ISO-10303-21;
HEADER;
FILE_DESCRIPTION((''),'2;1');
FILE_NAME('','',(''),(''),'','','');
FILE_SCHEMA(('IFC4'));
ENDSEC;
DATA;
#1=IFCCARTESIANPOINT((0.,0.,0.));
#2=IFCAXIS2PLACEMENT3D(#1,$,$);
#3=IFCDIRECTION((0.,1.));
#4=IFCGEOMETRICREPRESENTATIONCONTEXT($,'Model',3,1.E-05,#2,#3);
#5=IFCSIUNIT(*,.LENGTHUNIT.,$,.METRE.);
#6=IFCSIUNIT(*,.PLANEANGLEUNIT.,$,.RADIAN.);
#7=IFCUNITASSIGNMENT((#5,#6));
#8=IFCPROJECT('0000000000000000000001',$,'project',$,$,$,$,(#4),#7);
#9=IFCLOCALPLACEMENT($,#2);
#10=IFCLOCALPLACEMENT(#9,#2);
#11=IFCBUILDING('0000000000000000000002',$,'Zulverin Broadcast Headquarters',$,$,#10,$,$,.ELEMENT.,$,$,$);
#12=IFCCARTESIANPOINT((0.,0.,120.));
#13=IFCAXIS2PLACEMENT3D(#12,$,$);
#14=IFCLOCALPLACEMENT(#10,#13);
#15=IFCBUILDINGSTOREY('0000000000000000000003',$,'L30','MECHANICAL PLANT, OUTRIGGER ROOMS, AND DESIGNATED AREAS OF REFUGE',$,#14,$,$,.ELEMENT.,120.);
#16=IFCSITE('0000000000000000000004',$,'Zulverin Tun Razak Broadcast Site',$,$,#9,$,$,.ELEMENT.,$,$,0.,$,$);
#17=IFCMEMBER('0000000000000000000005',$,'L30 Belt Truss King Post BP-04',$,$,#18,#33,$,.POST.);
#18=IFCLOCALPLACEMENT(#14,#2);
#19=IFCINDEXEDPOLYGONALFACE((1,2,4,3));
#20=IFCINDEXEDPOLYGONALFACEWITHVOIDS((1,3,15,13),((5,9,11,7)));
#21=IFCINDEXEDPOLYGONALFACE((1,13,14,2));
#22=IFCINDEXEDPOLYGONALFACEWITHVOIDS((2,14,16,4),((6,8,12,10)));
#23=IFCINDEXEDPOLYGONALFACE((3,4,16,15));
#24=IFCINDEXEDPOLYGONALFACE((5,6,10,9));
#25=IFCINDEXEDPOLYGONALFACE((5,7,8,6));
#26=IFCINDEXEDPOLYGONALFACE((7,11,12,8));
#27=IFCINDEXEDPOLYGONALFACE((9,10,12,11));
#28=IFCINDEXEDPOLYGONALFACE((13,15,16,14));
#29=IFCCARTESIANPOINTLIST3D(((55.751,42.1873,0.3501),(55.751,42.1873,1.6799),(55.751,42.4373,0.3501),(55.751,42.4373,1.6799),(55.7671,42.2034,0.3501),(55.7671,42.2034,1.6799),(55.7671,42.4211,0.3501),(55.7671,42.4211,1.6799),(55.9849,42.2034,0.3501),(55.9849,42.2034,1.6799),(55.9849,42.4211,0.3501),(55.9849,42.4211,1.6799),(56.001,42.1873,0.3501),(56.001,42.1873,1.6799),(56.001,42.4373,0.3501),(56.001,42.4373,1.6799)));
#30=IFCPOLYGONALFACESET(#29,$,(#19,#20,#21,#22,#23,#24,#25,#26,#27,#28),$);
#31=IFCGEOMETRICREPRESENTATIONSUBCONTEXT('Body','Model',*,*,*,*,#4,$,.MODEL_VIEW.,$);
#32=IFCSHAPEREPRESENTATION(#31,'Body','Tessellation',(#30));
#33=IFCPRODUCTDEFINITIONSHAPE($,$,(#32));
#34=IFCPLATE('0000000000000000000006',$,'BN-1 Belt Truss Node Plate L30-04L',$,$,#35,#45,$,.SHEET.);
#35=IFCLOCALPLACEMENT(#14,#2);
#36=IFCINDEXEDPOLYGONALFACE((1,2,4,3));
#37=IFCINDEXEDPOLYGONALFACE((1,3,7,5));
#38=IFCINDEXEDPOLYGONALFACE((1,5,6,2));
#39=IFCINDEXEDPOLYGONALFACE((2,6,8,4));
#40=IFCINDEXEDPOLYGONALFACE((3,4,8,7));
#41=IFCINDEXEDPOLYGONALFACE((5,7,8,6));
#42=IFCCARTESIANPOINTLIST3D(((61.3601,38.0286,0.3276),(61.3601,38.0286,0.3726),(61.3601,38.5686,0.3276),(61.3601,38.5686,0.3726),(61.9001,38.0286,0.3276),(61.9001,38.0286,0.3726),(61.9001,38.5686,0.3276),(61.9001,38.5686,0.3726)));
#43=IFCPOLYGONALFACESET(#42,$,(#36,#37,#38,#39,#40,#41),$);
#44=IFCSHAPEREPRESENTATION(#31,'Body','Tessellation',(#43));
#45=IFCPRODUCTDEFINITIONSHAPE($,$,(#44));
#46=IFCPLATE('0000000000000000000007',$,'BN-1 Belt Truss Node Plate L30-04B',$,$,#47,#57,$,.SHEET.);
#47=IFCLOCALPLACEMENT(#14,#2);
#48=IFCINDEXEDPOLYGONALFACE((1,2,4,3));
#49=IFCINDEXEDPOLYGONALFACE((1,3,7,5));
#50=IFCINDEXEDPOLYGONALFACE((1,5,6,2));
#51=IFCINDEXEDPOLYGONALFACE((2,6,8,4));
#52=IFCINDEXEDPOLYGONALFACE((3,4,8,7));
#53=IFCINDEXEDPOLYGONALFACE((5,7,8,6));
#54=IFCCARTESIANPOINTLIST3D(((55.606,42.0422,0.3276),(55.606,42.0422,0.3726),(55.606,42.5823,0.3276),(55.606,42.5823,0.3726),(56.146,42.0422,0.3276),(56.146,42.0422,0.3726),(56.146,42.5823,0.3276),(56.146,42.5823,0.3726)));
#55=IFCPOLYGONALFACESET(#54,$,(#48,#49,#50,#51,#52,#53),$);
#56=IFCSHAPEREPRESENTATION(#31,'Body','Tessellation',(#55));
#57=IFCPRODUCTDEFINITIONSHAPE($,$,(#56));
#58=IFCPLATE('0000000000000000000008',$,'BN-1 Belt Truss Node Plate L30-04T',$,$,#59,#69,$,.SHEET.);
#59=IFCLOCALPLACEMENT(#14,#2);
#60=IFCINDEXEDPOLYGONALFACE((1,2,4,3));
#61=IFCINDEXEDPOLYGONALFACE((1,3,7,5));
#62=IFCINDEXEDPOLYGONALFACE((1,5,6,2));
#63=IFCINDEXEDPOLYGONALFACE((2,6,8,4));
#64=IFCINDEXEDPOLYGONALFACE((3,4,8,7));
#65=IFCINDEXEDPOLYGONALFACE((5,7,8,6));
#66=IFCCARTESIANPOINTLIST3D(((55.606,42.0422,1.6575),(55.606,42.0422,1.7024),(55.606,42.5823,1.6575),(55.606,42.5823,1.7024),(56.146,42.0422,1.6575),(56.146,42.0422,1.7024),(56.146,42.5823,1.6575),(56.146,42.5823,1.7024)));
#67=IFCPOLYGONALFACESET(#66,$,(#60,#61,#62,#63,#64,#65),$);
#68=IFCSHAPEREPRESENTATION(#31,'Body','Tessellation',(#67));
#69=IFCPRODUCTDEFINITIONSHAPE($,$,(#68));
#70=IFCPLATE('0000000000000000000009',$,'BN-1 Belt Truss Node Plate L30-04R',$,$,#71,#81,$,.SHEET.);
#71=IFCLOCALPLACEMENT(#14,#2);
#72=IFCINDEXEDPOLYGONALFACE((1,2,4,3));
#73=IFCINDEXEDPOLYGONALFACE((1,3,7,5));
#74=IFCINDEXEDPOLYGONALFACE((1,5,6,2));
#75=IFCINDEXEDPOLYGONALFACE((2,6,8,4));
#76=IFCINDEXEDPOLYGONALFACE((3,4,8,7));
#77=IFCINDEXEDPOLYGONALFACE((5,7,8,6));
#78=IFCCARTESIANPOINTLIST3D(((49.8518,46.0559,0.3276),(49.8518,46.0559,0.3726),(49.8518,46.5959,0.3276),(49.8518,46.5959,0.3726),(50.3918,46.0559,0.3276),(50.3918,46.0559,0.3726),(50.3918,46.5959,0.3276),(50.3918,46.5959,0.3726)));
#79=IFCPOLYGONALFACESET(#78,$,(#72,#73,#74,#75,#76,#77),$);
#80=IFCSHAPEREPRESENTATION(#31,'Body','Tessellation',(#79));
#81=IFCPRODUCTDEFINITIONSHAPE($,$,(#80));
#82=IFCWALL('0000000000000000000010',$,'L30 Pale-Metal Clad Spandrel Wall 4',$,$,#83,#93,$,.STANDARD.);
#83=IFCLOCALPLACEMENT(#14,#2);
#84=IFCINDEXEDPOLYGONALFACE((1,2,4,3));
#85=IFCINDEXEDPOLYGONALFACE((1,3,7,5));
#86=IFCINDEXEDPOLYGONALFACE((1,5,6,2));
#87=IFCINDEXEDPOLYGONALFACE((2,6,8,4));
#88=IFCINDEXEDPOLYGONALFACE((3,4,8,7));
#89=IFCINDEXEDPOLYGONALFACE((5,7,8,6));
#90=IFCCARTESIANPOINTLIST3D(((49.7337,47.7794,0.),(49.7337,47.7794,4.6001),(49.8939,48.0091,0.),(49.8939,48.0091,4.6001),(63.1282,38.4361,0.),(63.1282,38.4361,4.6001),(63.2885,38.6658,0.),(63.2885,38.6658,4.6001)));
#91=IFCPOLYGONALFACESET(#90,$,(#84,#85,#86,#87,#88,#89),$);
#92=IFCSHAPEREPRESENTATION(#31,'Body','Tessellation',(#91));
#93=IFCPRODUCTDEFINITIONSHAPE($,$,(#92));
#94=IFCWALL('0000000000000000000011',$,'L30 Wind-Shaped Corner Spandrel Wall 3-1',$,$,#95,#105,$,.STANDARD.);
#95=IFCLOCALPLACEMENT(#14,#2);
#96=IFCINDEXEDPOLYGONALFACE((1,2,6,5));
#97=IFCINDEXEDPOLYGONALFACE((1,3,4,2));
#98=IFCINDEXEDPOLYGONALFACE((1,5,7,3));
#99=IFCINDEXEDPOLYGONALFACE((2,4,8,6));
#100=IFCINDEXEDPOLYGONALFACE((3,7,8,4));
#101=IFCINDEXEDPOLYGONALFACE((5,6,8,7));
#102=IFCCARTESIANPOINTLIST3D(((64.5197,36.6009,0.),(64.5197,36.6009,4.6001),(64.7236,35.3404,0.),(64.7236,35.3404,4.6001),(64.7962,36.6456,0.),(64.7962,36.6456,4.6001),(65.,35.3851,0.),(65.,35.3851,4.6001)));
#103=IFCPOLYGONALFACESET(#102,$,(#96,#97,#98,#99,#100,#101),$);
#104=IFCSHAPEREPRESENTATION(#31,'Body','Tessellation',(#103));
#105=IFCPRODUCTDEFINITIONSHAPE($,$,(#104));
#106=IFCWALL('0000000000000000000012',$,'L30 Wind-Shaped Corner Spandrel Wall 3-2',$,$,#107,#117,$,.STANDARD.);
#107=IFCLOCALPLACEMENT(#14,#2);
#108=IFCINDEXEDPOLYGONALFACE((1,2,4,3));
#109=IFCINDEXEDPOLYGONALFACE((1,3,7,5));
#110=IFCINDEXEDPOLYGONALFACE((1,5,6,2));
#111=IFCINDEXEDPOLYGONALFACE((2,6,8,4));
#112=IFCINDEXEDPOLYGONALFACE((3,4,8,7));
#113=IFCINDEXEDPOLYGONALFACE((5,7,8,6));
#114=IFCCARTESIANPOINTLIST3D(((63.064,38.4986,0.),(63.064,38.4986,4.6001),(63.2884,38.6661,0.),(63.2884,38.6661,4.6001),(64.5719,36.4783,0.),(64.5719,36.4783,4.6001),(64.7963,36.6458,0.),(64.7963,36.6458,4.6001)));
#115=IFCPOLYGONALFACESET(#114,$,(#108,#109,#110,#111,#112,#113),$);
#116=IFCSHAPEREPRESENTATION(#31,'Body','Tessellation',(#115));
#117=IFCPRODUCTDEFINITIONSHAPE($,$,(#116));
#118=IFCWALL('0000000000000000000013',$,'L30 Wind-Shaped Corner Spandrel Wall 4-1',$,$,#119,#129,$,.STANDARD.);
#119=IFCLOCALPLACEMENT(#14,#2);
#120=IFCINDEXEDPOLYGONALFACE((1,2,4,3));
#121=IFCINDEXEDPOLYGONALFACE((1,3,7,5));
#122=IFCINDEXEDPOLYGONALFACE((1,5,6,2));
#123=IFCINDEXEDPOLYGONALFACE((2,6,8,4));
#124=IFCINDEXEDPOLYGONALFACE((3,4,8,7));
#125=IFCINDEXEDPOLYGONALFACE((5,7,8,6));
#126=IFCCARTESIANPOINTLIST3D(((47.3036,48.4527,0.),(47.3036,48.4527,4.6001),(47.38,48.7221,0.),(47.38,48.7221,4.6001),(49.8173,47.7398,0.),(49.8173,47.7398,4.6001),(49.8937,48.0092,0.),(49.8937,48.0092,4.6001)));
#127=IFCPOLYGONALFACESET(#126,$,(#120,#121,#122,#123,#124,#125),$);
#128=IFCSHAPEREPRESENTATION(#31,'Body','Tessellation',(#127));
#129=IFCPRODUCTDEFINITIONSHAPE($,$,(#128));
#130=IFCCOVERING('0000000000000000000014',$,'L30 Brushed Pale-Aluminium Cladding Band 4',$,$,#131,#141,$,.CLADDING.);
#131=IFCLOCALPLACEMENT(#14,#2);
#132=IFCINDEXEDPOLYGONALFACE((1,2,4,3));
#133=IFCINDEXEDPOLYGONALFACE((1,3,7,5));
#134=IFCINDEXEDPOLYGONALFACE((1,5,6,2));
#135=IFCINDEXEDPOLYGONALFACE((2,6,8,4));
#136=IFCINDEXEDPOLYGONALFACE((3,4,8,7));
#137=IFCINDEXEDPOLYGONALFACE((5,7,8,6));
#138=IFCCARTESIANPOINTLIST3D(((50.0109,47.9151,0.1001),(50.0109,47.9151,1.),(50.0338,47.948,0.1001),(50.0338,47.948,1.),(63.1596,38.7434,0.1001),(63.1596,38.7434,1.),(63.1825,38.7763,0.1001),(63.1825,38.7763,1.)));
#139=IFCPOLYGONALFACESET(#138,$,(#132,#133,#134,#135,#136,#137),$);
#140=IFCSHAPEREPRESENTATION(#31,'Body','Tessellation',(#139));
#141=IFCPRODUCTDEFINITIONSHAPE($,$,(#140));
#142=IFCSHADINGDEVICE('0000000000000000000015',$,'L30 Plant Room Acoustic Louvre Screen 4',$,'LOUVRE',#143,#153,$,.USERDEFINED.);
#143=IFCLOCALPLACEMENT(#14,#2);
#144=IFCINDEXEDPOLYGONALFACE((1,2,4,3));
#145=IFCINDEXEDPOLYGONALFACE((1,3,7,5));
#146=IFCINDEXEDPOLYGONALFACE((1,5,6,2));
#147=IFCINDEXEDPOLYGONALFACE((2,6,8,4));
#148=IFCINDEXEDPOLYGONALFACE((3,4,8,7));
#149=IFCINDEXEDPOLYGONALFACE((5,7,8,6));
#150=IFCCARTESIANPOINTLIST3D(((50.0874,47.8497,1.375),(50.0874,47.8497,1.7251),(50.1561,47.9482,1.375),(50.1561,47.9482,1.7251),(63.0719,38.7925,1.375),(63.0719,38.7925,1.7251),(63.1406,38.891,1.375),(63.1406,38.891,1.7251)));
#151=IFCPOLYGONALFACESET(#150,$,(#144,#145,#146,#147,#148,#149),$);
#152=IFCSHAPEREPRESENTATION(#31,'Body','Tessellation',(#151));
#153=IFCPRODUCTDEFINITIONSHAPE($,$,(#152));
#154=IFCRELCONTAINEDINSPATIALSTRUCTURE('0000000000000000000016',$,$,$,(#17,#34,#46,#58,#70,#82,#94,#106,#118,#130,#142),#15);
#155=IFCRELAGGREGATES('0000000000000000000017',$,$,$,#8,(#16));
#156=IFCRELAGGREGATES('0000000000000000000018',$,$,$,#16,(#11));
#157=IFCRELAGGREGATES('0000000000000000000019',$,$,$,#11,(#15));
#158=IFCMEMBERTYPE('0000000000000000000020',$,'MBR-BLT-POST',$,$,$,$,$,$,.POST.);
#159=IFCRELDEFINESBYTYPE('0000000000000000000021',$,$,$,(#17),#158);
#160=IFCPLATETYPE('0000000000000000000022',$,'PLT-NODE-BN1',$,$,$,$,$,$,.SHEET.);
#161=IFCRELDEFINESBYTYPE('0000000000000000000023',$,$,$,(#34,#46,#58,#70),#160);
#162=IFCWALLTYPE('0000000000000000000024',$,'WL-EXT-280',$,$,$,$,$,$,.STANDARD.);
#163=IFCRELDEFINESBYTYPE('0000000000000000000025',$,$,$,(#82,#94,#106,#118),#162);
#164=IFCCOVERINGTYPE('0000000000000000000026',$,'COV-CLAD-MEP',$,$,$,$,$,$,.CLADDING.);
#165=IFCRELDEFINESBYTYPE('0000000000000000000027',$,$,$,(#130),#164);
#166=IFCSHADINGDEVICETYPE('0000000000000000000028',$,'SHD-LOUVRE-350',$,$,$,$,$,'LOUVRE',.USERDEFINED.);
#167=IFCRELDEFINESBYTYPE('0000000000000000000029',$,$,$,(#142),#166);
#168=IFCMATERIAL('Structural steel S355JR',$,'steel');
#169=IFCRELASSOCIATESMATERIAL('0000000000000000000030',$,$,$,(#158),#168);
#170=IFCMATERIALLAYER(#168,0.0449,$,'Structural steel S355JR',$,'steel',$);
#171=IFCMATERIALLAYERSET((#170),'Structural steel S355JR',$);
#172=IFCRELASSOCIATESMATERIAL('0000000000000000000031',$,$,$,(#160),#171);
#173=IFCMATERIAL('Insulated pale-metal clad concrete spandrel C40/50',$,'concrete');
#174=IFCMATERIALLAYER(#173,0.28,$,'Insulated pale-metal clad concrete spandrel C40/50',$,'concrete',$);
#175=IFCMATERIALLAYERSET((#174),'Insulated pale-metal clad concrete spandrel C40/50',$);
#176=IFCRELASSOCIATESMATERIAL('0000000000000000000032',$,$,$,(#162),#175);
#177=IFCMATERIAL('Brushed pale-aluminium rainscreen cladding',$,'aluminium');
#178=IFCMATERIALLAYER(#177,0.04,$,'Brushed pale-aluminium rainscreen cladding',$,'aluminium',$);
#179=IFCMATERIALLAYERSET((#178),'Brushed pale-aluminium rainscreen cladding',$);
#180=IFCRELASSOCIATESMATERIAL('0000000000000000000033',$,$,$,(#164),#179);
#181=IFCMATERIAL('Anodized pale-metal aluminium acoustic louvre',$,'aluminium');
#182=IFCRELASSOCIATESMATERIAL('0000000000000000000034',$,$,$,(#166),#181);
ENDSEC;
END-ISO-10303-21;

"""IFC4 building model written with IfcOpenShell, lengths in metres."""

from ifc_helpers import new_model, si_unit, direction, frame, frame_2d, origin, origin_2d, place, context, subcontext, project, spatial, rectangle, hollow_rectangle, extrude, material, layer, layer_set, material_profile, profile_set, type_object, element, save


model = new_model("IFC4")

# Units and contexts
model_context = context("Model", 3, precision=1e-05, world=origin(), true_north=direction((0.0, 1.0)))
body_context = subcontext(model_context, "Body", "Model", "MODEL_VIEW")
ifc_project = project(units=[si_unit("LENGTHUNIT", "METRE"), si_unit("PLANEANGLEUNIT", "RADIAN")], contexts=[model_context])

# Site, building, storey
site_placement = place(None, origin())
site = spatial("IfcSite", under=ifc_project, at=site_placement, Name="Zulverin Tun Razak Broadcast Site", CompositionType="ELEMENT", RefElevation=0.0)
building_placement = place(site_placement, origin())
building = spatial("IfcBuilding", under=site, at=building_placement, Name="Zulverin Broadcast Headquarters", CompositionType="ELEMENT")
storey_placement = place(building_placement, frame((0.0, 0.0, 120.0)))
storey = spatial("IfcBuildingStorey", under=building, at=storey_placement, Name="L30", Description="MECHANICAL PLANT, OUTRIGGER ROOMS, AND DESIGNATED AREAS OF REFUGE", CompositionType="ELEMENT", Elevation=120.0)

# Member
ifc_material_1 = material(Name="Structural steel S355JR", Category="steel")
ifc_material_profile_1 = material_profile(ifc_material_1, hollow_rectangle(XDim=0.25, YDim=0.25, WallThickness=0.0161, at=origin_2d()), Name="Structural steel S355JR", Category="steel")
ifc_profile_set_1 = profile_set([ifc_material_profile_1], Name="Structural steel S355JR")
member_type_1 = type_object("IfcMemberType", Name="MBR-BLT-POST", PredefinedType="POST", material=ifc_profile_set_1)
member_1_placement = place(storey_placement, frame((55.876, 42.3123, 0.3501), z_axis=(0.0, 0.0, 1.0), x_axis=(1.0, 0.0, 0.0)))
element("IfcMember", 1, at=member_1_placement, inside=storey, type_object=member_type_1, Name="L30 Belt Truss King Post BP-04", PredefinedType="POST", context=body_context, shape_type="SweptSolid", body=[
    extrude(hollow_rectangle(XDim=0.25, YDim=0.25, WallThickness=0.0161, at=origin_2d()), origin(), (0.0, 0.0, 1.0), 1.3298),
])

# Plates
ifc_layer_1 = layer(ifc_material_1, 0.0449, Name="Structural steel S355JR", Category="steel")
ifc_layer_set_1 = layer_set([ifc_layer_1], Name="Structural steel S355JR")
plate_type = type_object("IfcPlateType", Name="PLT-NODE-BN1", PredefinedType="SHEET", material=ifc_layer_set_1)
for number, where, z_axis, x_axis, name in (
    (2, (61.6301, 38.2986, 0.3276), (0.0, 0.0, 1.0), (1.0, 0.0, 0.0), "BN-1 Belt Truss Node Plate L30-04L"),
    (3, (55.876, 42.3123, 0.3276), (0.0, 0.0, 1.0), (1.0, 0.0, 0.0), "BN-1 Belt Truss Node Plate L30-04B"),
    (4, (55.876, 42.3123, 1.6575), (0.0, 0.0, 1.0), (1.0, 0.0, 0.0), "BN-1 Belt Truss Node Plate L30-04T"),
    (5, (50.1218, 46.3259, 0.3276), (0.0, 0.0, 1.0), (1.0, 0.0, 0.0), "BN-1 Belt Truss Node Plate L30-04R"),
):
    element("IfcPlate", number, at=place(storey_placement, frame(where, z_axis=z_axis, x_axis=x_axis)), inside=storey, type_object=plate_type, Name=name, PredefinedType="SHEET", context=body_context, shape_type="SweptSolid", body=[
        extrude(rectangle(XDim=0.54, YDim=0.54, at=origin_2d()), origin(), (0.0, 0.0, 1.0), 0.0449),
    ])

# Walls
ifc_material_2 = material(Name="Insulated pale-metal clad concrete spandrel C40/50", Category="concrete")
ifc_layer_2 = layer(ifc_material_2, 0.28, Name="Insulated pale-metal clad concrete spandrel C40/50", Category="concrete")
ifc_layer_set_2 = layer_set([ifc_layer_2], Name="Insulated pale-metal clad concrete spandrel C40/50")
wall_type = type_object("IfcWallType", Name="WL-EXT-280", PredefinedType="STANDARD", material=ifc_layer_set_2)
wall_1_placement = place(storey_placement, frame((63.2083, 38.551, 0.0), z_axis=(0.0, 0.0, 1.0), x_axis=(-0.820178, 0.572109, 0.0)))
element("IfcWall", 6, at=wall_1_placement, inside=storey, type_object=wall_type, Name="L30 Pale-Metal Clad Spandrel Wall 4", PredefinedType="STANDARD", context=body_context, shape_type="SweptSolid", body=[
    extrude(rectangle(XDim=16.3313, YDim=0.28, at=frame_2d((8.1655, 0.0))), origin(), (0.0, 0.0, 1.0), 4.6001),
])
wall_2_placement = place(storey_placement, frame((64.8618, 35.3628, 0.0), z_axis=(0.0, 0.0, 1.0), x_axis=(-0.159653, 0.987173, 0.0)))
element("IfcWall", 7, at=wall_2_placement, inside=storey, type_object=wall_type, Name="L30 Wind-Shaped Corner Spandrel Wall 3-1", PredefinedType="STANDARD", context=body_context, shape_type="SweptSolid", body=[
    extrude(rectangle(XDim=1.2769, YDim=0.28, at=frame_2d((0.6384, 0.0))), origin(), (0.0, 0.0, 1.0), 4.6001),
])
wall_3_placement = place(storey_placement, frame((64.6841, 36.562, 0.0), z_axis=(0.0, 0.0, 1.0), x_axis=(-0.598123, 0.801404, 0.0)))
element("IfcWall", 8, at=wall_3_placement, inside=storey, type_object=wall_type, Name="L30 Wind-Shaped Corner Spandrel Wall 3-2", PredefinedType="STANDARD", context=body_context, shape_type="SweptSolid", body=[
    extrude(rectangle(XDim=2.521, YDim=0.28, at=frame_2d((1.2605, 0.0))), origin(), (0.0, 0.0, 1.0), 4.6001),
])
wall_4_placement = place(storey_placement, frame((49.8555, 47.8745, 0.0), z_axis=(0.0, 0.0, 1.0), x_axis=(-0.962058, 0.272845, 0.0)))
element("IfcWall", 9, at=wall_4_placement, inside=storey, type_object=wall_type, Name="L30 Wind-Shaped Corner Spandrel Wall 4-1", PredefinedType="STANDARD", context=body_context, shape_type="SweptSolid", body=[
    extrude(rectangle(XDim=2.6128, YDim=0.28, at=frame_2d((1.3064, 0.0))), origin(), (0.0, 0.0, 1.0), 4.6001),
])

# Covering
ifc_material_3 = material(Name="Brushed pale-aluminium rainscreen cladding", Category="aluminium")
ifc_layer_3 = layer(ifc_material_3, 0.04, Name="Brushed pale-aluminium rainscreen cladding", Category="aluminium")
ifc_layer_set_3 = layer_set([ifc_layer_3], Name="Brushed pale-aluminium rainscreen cladding")
covering_type = type_object("IfcCoveringType", Name="COV-CLAD-MEP", PredefinedType="CLADDING", material=ifc_layer_set_3)
covering_placement = place(storey_placement, frame((56.5967, 43.3457, 0.1001), z_axis=(0.0, 0.0, 1.0), x_axis=(-0.82018, 0.572106, 0.0)))
element("IfcCovering", 10, at=covering_placement, inside=storey, type_object=covering_type, Name="L30 Brushed Pale-Aluminium Cladding Band 4", PredefinedType="CLADDING", context=body_context, shape_type="SweptSolid", body=[
    extrude(rectangle(XDim=16.0315, YDim=0.04, at=origin_2d()), origin(), (0.0, 0.0, 1.0), 0.8999),
])

# Shading device
ifc_material_4 = material(Name="Anodized pale-metal aluminium acoustic louvre", Category="aluminium")
shading_device_type = type_object("IfcShadingDeviceType", Name="SHD-LOUVRE-350", ElementType="LOUVRE", PredefinedType="USERDEFINED", material=ifc_material_4)
shading_device_placement = place(storey_placement, frame((56.614, 43.3704, 1.375), z_axis=(0.0, 0.0, 1.0), x_axis=(-0.82018, 0.572106, 0.0)))
element("IfcShadingDevice", 11, at=shading_device_placement, inside=storey, type_object=shading_device_type, Name="L30 Plant Room Acoustic Louvre Screen 4", ObjectType="LOUVRE", PredefinedType="USERDEFINED", context=body_context, shape_type="SweptSolid", body=[
    extrude(rectangle(XDim=15.8313, YDim=0.1201, at=origin_2d()), origin(), (0.0, 0.0, 1.0), 0.3501),
])

save(model, "model.ifc")
